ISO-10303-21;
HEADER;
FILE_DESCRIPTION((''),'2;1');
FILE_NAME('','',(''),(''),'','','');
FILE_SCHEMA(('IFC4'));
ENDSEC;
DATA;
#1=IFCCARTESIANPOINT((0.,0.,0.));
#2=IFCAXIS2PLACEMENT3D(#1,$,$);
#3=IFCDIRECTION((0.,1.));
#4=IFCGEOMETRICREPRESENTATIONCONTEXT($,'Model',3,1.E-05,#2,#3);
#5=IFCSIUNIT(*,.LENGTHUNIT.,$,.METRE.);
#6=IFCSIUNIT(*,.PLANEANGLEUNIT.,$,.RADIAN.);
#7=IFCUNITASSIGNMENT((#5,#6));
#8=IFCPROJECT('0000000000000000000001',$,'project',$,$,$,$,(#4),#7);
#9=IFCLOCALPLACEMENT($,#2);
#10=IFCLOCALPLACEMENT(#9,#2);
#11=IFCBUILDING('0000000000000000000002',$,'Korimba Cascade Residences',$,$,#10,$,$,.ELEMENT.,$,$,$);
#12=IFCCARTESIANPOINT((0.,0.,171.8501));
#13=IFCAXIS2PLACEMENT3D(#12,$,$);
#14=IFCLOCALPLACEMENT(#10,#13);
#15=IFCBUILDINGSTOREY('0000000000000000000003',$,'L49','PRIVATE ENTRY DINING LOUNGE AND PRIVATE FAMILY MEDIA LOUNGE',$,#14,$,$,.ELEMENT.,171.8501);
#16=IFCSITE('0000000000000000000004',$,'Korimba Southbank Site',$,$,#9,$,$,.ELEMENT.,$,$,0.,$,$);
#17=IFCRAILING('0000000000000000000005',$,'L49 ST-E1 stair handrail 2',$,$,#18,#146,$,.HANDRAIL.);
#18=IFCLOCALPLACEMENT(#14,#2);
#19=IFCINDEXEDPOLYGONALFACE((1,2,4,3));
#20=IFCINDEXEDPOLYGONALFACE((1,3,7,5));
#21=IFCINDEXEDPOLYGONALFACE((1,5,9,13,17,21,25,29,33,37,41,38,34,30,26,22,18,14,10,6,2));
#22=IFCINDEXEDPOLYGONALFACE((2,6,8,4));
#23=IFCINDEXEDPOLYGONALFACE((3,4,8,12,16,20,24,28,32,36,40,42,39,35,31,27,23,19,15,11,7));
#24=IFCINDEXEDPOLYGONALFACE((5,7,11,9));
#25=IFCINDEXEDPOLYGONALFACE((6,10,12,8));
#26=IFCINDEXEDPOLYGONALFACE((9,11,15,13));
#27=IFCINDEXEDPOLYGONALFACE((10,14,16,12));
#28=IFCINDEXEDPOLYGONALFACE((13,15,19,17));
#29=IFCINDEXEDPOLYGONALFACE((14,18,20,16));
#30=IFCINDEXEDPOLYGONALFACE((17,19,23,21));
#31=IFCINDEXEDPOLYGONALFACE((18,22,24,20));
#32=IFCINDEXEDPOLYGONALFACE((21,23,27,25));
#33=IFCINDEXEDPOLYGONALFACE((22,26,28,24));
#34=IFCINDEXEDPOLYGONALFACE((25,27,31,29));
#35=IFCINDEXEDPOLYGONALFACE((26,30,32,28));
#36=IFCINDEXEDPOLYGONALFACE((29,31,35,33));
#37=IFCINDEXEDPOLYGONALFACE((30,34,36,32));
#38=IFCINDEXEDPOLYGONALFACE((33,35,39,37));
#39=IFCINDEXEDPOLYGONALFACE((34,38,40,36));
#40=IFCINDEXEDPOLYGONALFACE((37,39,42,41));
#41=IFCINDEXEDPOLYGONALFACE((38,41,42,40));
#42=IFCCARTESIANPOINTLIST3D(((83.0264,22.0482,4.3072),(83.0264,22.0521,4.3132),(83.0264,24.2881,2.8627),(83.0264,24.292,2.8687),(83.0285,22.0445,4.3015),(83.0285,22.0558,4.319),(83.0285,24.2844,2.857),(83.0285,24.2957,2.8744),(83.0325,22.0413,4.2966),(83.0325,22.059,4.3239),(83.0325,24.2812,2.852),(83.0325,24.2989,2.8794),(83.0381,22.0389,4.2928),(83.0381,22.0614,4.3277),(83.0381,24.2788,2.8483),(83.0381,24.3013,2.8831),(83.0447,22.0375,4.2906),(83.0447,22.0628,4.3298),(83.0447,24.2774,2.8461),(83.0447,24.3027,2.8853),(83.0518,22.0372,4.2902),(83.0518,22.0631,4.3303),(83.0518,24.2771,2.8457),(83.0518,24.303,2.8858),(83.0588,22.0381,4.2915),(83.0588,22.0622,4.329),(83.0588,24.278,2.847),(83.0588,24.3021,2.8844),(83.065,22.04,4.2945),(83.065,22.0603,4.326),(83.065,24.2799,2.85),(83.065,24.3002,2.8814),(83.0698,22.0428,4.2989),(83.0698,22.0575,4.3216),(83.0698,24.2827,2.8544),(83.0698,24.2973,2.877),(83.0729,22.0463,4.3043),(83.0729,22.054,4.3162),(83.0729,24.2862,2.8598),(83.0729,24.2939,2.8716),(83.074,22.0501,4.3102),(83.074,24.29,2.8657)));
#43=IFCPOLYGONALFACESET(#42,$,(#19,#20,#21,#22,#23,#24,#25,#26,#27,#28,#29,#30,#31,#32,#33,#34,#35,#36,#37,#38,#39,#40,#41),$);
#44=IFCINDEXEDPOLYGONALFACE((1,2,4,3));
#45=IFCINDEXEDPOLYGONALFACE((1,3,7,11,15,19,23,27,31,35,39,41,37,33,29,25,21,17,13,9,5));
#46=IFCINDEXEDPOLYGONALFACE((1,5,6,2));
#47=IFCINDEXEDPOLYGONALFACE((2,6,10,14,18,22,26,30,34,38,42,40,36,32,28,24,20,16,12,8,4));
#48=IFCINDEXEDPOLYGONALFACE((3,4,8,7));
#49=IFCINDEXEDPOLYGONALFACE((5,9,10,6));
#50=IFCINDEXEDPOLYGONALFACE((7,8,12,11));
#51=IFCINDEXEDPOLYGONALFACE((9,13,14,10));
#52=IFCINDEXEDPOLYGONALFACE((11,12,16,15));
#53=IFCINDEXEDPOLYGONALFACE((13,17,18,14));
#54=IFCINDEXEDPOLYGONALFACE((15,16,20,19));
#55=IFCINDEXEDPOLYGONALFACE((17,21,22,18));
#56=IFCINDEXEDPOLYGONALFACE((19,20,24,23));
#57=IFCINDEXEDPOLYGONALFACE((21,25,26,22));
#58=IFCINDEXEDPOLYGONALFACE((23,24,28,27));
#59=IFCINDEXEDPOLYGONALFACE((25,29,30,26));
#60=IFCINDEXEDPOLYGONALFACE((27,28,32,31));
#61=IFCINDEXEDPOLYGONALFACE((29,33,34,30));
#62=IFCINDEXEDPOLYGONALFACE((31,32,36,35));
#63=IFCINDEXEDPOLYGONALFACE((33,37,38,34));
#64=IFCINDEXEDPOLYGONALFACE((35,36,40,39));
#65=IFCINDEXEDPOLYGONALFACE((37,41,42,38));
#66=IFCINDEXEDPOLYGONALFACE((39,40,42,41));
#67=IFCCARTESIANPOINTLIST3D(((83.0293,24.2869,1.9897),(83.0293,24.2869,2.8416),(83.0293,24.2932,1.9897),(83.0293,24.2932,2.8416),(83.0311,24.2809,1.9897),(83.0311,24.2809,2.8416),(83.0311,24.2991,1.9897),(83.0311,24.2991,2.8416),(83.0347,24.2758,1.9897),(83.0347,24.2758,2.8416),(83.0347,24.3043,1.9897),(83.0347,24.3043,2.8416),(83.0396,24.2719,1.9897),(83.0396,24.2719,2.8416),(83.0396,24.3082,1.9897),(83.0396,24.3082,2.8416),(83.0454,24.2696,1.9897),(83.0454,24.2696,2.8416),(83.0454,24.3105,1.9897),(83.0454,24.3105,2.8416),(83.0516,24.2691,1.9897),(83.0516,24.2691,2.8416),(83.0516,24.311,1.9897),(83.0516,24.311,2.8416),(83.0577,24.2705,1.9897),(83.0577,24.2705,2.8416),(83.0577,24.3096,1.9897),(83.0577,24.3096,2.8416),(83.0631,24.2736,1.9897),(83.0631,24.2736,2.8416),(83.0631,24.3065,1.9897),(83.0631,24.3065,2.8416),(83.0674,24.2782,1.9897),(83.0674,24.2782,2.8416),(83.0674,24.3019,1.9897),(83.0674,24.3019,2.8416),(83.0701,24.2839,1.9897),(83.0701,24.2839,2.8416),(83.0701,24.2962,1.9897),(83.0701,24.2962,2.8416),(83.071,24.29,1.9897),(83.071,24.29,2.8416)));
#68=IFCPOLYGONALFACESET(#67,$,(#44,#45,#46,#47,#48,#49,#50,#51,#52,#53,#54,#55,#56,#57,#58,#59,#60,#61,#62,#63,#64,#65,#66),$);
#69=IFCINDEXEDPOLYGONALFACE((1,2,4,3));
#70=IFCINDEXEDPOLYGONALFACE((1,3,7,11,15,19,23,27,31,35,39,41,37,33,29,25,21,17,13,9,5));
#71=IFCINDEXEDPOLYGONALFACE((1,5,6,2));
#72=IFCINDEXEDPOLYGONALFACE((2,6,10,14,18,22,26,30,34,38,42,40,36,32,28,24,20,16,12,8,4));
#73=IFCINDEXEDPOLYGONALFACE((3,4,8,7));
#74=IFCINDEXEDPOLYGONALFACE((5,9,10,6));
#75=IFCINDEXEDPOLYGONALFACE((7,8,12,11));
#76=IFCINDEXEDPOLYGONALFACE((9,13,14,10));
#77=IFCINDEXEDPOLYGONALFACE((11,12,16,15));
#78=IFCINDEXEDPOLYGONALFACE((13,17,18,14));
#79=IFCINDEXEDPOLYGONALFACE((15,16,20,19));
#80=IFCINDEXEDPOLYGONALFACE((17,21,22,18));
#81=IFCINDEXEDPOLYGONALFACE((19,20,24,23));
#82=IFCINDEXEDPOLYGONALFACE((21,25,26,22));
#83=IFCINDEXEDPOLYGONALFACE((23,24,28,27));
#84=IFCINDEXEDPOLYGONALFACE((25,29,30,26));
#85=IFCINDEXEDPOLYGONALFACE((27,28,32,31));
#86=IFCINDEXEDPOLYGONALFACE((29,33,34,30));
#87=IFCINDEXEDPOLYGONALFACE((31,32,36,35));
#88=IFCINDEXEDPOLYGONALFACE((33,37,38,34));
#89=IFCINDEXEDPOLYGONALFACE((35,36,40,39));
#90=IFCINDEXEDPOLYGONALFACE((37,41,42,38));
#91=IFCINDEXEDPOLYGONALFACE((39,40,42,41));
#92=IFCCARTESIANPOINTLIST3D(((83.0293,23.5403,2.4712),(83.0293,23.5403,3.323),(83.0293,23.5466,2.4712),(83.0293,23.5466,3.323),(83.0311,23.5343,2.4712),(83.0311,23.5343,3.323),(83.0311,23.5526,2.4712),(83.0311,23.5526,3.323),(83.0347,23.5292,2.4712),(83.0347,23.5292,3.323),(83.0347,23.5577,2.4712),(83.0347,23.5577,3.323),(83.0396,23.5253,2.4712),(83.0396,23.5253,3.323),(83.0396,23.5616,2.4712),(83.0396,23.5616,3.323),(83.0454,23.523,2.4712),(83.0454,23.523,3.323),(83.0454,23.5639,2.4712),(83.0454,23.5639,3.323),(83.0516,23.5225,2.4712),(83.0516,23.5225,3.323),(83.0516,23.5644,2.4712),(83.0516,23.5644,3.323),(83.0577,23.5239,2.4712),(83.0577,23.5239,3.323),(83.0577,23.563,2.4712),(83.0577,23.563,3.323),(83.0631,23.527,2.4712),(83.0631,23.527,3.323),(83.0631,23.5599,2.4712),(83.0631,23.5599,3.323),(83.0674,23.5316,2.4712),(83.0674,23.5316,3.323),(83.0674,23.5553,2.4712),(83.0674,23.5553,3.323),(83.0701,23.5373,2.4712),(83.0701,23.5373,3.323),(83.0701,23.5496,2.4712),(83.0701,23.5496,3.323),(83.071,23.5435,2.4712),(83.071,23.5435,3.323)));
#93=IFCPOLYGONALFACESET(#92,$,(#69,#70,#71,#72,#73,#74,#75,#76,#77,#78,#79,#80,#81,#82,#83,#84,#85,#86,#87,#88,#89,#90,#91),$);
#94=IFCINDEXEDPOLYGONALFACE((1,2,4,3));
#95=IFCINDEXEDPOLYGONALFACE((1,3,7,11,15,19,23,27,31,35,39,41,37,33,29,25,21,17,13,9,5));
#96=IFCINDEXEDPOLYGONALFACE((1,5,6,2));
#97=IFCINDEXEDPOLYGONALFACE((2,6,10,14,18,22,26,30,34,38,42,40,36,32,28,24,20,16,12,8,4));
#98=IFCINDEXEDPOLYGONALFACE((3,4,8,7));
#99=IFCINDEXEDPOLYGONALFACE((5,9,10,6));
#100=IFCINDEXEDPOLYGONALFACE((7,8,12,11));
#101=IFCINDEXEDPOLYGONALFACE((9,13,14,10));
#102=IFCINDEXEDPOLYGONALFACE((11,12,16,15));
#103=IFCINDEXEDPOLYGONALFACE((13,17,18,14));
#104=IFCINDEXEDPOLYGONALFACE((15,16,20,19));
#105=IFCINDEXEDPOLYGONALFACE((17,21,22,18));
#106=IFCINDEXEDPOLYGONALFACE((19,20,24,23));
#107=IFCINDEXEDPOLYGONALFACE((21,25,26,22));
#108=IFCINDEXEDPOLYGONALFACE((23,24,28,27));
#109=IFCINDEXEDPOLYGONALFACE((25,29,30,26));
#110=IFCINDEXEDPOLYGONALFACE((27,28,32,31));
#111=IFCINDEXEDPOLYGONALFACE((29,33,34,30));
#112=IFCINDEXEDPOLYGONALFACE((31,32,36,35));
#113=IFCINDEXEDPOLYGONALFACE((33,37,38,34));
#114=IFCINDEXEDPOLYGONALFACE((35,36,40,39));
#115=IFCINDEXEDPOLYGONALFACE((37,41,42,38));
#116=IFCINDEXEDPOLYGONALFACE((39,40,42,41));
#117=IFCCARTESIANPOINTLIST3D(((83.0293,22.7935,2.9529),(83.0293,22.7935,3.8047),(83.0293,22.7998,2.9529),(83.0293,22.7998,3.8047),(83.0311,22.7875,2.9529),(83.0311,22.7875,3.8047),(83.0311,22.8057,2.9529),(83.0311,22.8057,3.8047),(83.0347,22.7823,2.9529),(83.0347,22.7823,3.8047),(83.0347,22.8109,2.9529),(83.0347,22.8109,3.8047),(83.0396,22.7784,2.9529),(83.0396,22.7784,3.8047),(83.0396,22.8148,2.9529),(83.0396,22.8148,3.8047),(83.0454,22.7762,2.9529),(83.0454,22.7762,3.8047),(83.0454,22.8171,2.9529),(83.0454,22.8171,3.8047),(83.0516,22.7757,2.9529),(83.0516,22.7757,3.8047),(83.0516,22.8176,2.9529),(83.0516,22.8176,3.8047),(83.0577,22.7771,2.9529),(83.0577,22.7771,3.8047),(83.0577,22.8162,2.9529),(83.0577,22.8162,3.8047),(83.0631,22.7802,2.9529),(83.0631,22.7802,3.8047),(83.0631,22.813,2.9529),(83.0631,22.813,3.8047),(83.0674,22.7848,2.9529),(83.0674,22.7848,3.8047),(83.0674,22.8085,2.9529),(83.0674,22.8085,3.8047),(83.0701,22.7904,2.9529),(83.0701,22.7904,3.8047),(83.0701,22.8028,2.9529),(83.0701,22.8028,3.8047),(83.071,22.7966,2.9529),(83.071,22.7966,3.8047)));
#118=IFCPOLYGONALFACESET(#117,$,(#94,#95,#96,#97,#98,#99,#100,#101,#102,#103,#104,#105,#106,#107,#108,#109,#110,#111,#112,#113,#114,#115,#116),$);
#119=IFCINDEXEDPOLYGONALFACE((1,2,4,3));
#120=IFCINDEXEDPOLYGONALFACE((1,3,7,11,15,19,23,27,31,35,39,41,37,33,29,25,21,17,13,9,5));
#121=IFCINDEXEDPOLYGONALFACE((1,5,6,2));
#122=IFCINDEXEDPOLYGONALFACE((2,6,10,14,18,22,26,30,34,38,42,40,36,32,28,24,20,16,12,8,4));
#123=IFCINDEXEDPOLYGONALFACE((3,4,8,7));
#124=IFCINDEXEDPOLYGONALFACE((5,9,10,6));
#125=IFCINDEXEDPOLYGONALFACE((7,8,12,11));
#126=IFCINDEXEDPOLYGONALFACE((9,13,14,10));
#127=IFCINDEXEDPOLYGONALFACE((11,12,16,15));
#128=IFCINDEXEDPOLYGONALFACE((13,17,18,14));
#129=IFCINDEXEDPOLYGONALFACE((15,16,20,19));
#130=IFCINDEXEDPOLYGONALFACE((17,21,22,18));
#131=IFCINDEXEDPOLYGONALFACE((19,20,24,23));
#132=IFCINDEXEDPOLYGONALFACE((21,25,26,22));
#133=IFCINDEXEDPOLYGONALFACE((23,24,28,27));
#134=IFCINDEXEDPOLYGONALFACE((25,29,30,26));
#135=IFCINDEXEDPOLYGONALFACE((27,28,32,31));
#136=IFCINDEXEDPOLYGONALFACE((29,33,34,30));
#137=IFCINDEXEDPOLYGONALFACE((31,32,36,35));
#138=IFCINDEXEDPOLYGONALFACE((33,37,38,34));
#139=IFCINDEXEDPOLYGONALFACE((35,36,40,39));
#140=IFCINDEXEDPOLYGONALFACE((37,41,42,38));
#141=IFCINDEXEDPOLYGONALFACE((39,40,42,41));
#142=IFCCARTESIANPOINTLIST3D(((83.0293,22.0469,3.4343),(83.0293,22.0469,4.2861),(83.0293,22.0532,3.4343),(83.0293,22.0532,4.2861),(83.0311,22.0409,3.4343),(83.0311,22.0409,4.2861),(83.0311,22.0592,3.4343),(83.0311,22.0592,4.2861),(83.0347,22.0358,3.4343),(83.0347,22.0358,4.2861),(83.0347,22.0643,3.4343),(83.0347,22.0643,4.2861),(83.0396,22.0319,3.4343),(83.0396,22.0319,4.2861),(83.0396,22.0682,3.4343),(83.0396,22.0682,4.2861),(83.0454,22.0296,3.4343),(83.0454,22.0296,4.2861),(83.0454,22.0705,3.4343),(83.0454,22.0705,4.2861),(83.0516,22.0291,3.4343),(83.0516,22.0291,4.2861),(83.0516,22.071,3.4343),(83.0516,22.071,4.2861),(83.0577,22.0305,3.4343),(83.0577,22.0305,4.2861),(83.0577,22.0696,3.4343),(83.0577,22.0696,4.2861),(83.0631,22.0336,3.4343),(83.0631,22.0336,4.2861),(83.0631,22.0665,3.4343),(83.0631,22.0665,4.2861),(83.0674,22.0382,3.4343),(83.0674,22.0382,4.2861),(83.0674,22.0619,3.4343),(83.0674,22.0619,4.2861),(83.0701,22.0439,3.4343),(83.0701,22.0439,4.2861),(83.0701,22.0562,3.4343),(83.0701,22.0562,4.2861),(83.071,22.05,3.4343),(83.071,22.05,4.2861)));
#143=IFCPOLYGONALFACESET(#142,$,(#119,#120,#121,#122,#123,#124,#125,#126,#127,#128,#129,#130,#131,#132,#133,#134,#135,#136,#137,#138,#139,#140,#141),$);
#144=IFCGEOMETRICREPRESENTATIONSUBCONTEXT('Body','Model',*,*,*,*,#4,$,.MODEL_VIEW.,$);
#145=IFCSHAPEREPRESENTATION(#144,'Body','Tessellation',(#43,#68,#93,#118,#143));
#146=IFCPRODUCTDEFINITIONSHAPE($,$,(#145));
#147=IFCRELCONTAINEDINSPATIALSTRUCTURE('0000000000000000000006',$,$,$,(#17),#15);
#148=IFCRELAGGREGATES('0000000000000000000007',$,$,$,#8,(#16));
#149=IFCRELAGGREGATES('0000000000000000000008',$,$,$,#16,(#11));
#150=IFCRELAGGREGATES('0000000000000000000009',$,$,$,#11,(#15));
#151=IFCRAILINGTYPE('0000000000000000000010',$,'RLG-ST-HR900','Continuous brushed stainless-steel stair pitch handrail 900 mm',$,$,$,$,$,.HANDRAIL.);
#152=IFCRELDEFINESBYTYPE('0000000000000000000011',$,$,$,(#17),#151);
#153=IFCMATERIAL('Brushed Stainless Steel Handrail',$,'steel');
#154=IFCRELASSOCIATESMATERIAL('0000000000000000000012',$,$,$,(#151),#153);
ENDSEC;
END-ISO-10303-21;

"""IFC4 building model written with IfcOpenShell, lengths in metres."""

from ifc_helpers import new_model, si_unit, direction, frame, origin, origin_2d, place, context, subcontext, project, spatial, circle, extrude, material, type_object, element, save


model = new_model("IFC4")

# Units and contexts
model_context = context("Model", 3, precision=1e-05, world=origin(), true_north=direction((0.0, 1.0)))
body_context = subcontext(model_context, "Body", "Model", "MODEL_VIEW")
ifc_project = project(units=[si_unit("LENGTHUNIT", "METRE"), si_unit("PLANEANGLEUNIT", "RADIAN")], contexts=[model_context])

# Site, building, storey
site_placement = place(None, origin())
site = spatial("IfcSite", under=ifc_project, at=site_placement, Name="Korimba Southbank Site", CompositionType="ELEMENT", RefElevation=0.0)
building_placement = place(site_placement, origin())
building = spatial("IfcBuilding", under=site, at=building_placement, Name="Korimba Cascade Residences", CompositionType="ELEMENT")
storey_placement = place(building_placement, frame((0.0, 0.0, 171.8501)))
storey = spatial("IfcBuildingStorey", under=building, at=storey_placement, Name="L49", Description="PRIVATE ENTRY DINING LOUNGE AND PRIVATE FAMILY MEDIA LOUNGE", CompositionType="ELEMENT", Elevation=171.8501)

# Railing
ifc_material_1 = material(Name="Brushed Stainless Steel Handrail", Category="steel")
railing_type_1 = type_object("IfcRailingType", Name="RLG-ST-HR900", Description="Continuous brushed stainless-steel stair pitch handrail 900 mm", PredefinedType="HANDRAIL", material=ifc_material_1)
railing_1_placement = place(storey_placement, frame((83.05, 24.29, 1.9897)))
element("IfcRailing", 1, at=railing_1_placement, inside=storey, type_object=railing_type_1, Name="L49 ST-E1 stair handrail 2", PredefinedType="HANDRAIL", context=body_context, shape_type="SweptSolid", body=[
    extrude(circle(Radius=0.0239, at=origin_2d()), frame((0.0, 0.0, 0.876), z_axis=(0.0, -0.840395, 0.541975), x_axis=(1.0, 0.0, 0.0)), (0.0, 0.0, 1.0), 2.6653),
    extrude(circle(Radius=0.021, at=origin_2d()), origin(), (0.0, 0.0, 1.0), 0.8518),
    extrude(circle(Radius=0.021, at=origin_2d()), frame((0.0, -0.7466, 0.4814)), (0.0, 0.0, 1.0), 0.8518),
    extrude(circle(Radius=0.021, at=origin_2d()), frame((0.0, -1.4934, 0.9631)), (0.0, 0.0, 1.0), 0.8518),
    extrude(circle(Radius=0.021, at=origin_2d()), frame((0.0, -2.24, 1.4446)), (0.0, 0.0, 1.0), 0.8518),
])

save(model, "model.ifc")
